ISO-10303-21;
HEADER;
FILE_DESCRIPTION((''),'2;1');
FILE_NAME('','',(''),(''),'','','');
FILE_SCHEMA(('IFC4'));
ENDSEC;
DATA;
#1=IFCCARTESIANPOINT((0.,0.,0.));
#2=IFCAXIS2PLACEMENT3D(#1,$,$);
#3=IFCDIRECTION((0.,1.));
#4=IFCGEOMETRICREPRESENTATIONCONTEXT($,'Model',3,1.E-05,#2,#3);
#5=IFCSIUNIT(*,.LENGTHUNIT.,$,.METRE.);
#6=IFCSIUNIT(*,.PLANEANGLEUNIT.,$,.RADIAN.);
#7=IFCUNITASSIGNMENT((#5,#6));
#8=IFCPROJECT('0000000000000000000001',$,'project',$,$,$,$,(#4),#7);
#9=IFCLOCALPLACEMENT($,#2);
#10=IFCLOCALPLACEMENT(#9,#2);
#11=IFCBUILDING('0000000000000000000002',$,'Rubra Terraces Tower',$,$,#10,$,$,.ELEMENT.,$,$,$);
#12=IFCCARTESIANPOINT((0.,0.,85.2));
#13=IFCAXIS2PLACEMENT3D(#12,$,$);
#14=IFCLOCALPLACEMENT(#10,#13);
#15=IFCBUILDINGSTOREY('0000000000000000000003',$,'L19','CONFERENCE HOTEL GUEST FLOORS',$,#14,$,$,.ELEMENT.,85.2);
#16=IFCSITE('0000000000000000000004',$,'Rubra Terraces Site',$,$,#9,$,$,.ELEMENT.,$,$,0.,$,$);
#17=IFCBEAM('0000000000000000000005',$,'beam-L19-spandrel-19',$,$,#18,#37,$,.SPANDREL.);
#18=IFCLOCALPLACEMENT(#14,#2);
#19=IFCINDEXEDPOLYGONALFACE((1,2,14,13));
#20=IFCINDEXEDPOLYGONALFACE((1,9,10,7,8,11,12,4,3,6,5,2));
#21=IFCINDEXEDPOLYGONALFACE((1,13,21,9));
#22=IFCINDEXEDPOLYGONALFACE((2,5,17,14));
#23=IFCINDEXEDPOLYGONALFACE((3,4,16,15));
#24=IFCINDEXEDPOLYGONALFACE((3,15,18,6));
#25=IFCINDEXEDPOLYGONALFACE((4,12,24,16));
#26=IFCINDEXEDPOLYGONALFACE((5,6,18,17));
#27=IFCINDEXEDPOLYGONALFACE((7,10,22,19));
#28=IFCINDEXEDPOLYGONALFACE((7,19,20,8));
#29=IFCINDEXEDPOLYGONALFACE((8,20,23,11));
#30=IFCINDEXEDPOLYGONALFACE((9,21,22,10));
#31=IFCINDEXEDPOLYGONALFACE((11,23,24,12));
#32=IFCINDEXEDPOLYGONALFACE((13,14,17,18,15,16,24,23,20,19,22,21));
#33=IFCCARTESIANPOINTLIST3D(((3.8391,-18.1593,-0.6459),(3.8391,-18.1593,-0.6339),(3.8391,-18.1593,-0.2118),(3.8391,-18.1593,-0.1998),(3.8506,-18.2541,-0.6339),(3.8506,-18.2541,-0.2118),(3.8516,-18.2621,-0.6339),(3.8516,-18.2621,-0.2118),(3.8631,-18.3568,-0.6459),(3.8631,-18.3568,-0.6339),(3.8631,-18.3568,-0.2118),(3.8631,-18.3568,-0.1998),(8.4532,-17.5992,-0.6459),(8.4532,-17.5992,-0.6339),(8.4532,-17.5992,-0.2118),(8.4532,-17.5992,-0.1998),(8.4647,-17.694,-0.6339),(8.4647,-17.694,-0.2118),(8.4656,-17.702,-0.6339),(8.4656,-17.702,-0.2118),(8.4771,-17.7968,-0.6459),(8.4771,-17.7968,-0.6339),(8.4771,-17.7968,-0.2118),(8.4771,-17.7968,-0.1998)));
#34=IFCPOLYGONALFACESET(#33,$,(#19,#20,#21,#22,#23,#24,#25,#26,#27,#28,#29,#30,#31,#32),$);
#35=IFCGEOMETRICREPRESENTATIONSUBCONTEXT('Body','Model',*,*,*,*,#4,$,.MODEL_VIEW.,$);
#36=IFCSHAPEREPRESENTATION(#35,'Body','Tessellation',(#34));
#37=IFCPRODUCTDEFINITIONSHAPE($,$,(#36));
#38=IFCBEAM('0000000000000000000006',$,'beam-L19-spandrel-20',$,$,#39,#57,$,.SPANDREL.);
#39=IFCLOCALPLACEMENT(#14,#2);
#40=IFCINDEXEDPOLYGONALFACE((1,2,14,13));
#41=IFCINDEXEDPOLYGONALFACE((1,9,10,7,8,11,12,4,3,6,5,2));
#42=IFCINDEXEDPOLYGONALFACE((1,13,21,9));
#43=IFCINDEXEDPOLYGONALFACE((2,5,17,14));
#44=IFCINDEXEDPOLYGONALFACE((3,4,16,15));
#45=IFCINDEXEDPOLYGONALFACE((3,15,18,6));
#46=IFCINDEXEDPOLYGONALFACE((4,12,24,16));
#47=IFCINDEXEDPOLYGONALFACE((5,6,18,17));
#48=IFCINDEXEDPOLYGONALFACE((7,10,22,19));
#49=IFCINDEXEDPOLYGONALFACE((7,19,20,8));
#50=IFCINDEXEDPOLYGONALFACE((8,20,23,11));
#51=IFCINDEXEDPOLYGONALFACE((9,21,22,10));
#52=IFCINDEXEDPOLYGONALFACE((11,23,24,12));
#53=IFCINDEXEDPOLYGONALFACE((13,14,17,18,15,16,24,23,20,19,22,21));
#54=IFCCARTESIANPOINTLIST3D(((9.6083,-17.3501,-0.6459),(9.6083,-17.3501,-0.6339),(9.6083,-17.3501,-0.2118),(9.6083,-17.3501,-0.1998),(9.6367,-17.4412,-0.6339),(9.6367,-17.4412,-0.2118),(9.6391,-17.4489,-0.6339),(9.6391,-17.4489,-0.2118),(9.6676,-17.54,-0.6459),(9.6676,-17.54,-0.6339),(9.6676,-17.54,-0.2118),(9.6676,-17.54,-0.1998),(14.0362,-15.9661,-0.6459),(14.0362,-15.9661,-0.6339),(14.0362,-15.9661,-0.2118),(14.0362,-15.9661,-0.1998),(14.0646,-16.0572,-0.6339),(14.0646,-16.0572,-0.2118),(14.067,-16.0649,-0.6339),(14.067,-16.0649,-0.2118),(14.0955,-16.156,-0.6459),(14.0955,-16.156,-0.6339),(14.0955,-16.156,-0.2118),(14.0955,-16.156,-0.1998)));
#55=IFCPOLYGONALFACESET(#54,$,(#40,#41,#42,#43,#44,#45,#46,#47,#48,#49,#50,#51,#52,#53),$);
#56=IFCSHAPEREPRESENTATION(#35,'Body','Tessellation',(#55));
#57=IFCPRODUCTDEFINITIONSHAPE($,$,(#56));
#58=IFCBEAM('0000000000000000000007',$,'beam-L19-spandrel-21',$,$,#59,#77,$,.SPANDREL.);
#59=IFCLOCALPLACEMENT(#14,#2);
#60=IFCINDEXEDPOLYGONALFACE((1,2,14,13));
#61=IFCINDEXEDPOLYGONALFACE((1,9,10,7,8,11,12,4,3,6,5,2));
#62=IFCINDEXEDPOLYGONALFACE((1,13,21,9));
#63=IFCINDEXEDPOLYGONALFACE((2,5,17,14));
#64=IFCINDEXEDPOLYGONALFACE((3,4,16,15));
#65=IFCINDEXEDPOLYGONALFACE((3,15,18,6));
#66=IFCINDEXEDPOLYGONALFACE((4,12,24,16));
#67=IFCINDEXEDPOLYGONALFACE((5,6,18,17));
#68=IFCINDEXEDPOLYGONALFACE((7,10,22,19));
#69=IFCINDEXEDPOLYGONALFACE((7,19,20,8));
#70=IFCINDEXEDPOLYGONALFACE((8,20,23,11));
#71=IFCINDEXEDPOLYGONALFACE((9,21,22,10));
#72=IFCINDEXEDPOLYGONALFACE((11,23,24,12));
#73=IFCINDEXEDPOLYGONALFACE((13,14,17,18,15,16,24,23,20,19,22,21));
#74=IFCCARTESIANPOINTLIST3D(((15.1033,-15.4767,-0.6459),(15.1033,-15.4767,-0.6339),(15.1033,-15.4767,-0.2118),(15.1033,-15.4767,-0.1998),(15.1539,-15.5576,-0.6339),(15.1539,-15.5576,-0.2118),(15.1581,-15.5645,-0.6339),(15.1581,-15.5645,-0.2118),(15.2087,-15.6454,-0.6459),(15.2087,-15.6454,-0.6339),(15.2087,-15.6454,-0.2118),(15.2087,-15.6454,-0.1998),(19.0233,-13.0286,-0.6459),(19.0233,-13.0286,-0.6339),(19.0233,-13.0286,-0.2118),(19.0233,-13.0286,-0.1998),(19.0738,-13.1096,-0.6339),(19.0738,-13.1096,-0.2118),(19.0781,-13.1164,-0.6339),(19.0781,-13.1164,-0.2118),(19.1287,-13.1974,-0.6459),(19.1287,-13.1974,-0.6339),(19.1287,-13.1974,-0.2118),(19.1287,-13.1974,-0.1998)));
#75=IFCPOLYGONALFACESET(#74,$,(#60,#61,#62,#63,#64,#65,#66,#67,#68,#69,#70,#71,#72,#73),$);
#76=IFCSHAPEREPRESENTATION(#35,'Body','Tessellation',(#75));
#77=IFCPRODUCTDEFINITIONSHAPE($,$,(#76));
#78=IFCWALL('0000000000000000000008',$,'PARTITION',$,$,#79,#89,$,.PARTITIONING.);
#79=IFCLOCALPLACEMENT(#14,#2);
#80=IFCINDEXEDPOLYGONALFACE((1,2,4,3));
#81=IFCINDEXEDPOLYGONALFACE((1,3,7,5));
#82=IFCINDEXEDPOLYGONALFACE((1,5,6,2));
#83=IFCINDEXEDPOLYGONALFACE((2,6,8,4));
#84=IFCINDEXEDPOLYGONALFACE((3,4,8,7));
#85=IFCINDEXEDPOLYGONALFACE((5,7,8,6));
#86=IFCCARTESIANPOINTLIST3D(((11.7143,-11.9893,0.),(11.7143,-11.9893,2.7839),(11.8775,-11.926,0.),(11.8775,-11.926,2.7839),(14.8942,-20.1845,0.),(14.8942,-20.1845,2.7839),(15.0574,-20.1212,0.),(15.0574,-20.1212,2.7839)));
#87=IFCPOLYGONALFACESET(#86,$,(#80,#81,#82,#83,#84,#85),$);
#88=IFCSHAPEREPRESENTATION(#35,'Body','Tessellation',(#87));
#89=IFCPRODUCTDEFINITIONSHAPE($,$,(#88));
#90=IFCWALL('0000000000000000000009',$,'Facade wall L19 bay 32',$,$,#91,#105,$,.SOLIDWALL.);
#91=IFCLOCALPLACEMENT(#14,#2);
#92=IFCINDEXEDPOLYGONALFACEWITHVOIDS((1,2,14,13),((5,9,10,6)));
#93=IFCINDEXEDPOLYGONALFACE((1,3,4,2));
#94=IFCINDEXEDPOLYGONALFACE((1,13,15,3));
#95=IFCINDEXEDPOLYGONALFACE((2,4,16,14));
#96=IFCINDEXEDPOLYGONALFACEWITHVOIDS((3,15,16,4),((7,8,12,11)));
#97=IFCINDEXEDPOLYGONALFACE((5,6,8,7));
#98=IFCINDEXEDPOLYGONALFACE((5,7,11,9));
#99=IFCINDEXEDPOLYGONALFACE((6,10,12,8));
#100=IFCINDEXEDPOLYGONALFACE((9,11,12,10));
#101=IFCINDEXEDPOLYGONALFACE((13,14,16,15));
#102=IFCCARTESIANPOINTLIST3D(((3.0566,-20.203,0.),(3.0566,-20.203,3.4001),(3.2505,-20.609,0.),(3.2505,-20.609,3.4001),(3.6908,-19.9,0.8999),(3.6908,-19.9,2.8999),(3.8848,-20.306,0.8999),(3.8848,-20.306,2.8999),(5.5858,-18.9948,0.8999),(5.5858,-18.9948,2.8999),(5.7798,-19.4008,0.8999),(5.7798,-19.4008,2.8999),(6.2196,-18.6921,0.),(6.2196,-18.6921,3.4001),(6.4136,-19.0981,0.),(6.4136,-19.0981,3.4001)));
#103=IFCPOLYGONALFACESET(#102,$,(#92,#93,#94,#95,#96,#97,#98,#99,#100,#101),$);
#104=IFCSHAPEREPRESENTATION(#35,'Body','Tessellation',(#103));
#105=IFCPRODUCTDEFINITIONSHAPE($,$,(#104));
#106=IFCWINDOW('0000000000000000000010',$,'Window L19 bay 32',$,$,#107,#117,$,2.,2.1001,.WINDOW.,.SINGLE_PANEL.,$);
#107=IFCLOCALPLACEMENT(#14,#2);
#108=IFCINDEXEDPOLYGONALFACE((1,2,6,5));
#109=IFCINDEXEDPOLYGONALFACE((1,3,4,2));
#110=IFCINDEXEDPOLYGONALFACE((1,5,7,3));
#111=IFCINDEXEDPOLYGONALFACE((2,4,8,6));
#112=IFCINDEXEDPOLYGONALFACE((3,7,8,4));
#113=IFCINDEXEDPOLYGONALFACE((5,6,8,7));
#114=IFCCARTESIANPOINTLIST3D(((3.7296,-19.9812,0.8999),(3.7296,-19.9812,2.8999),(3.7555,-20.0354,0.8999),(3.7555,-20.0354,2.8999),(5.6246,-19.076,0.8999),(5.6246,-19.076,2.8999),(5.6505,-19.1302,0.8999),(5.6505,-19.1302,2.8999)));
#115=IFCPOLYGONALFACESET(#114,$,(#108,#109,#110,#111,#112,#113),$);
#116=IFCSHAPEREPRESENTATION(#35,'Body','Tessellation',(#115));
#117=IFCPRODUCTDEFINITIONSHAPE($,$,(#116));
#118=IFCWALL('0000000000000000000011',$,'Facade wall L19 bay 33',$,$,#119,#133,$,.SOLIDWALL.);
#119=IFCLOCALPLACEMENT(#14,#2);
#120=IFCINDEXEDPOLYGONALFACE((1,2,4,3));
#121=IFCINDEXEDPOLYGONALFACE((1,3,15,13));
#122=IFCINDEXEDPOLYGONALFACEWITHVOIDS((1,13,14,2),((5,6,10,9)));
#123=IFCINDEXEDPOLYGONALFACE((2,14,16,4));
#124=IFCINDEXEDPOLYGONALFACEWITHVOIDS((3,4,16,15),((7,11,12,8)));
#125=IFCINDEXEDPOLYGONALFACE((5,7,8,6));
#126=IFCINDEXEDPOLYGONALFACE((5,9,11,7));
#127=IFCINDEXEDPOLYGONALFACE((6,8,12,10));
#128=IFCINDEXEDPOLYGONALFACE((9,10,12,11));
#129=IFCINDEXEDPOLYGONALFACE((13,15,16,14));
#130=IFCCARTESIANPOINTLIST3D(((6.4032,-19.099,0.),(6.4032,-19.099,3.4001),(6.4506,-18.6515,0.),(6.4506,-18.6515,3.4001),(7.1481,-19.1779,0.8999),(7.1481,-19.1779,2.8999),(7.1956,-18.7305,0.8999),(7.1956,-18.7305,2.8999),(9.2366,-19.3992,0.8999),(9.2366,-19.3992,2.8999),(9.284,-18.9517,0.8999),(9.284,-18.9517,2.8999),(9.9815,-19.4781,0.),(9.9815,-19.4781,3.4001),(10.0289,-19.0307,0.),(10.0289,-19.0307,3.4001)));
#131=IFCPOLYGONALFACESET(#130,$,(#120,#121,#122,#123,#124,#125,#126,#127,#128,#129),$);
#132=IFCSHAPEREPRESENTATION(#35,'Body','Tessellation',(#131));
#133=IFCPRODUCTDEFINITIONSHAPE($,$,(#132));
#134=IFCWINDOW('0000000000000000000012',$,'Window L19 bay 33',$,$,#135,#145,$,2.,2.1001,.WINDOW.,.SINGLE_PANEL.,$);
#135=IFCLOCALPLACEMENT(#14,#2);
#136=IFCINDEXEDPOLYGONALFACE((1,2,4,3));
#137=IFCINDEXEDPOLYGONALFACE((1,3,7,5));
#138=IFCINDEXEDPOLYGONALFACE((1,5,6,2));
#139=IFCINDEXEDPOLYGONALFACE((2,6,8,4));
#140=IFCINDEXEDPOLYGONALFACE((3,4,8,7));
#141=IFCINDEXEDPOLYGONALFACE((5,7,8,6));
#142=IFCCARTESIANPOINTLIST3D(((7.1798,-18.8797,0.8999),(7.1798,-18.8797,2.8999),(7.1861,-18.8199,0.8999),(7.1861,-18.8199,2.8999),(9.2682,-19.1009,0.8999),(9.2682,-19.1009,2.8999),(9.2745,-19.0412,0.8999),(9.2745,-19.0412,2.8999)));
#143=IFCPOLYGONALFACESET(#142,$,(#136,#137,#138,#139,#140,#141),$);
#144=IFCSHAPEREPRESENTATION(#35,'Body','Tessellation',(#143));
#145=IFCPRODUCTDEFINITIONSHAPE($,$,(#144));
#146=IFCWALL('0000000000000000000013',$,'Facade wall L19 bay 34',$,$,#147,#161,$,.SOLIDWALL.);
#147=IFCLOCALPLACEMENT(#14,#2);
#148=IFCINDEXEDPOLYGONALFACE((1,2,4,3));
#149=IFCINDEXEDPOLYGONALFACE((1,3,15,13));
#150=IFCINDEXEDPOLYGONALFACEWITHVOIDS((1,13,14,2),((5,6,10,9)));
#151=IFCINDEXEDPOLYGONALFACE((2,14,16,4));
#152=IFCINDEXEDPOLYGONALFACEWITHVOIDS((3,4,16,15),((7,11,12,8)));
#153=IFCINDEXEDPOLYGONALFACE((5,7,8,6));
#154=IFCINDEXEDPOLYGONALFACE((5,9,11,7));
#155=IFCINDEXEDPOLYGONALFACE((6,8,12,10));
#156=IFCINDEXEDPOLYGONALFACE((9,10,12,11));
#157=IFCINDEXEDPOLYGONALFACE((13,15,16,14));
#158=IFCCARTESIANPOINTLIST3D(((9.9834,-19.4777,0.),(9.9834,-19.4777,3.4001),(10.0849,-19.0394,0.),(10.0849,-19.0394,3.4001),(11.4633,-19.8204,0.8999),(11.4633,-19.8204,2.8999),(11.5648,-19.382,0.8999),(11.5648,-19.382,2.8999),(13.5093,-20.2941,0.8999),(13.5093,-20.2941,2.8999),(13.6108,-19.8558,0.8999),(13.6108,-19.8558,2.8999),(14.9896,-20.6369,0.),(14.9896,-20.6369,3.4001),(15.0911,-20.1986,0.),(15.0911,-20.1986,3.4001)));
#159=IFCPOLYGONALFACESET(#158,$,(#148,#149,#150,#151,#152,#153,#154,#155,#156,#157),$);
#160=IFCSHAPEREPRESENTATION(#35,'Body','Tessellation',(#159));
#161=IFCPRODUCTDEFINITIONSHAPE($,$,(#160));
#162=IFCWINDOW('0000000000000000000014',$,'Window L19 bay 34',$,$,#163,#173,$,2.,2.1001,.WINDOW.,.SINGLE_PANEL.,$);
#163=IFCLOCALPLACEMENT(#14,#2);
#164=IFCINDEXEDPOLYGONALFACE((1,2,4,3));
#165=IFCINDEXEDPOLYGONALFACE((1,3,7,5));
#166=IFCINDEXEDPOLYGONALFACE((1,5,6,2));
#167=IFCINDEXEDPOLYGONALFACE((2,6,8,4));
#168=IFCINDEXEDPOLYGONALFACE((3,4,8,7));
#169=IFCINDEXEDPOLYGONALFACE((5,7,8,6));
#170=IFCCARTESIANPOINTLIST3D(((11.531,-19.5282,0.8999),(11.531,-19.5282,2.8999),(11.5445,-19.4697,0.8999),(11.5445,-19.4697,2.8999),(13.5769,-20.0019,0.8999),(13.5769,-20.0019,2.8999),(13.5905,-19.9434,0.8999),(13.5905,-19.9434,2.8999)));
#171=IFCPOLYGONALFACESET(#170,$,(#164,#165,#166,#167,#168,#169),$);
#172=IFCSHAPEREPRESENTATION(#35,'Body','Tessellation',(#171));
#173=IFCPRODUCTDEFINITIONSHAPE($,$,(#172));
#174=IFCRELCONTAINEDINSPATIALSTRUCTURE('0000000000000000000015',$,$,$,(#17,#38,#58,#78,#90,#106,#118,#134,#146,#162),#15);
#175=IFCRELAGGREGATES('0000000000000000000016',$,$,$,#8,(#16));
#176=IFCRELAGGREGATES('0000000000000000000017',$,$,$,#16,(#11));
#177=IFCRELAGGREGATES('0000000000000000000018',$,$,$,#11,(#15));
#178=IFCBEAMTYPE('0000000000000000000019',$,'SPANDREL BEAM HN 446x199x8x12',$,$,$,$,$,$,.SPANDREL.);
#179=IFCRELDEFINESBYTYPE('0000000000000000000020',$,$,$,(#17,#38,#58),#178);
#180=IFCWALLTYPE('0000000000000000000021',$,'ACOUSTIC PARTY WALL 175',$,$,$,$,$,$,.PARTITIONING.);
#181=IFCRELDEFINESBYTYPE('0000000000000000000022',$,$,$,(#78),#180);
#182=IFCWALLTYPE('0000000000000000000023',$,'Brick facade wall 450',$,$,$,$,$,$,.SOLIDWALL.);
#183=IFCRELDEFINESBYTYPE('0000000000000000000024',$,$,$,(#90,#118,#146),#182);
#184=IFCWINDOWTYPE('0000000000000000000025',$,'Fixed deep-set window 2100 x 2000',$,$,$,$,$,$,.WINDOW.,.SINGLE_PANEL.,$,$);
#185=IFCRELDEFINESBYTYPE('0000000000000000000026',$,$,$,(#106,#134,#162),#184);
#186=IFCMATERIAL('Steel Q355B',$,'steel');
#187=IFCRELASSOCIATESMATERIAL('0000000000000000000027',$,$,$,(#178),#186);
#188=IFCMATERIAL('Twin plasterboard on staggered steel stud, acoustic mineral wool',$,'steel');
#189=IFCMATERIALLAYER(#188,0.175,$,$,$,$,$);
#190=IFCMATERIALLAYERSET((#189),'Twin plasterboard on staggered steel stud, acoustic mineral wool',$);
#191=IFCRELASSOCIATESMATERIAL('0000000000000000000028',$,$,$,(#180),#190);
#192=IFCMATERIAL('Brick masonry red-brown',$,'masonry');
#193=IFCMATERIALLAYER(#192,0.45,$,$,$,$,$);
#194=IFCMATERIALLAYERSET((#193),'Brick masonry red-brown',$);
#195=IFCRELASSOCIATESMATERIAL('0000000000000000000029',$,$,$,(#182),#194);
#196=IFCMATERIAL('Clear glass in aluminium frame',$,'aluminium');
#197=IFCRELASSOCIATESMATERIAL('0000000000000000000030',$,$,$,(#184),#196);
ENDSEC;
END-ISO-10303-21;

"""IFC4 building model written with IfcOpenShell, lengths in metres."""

from ifc_helpers import new_model, si_unit, direction, frame, frame_2d, origin, origin_2d, place, context, subcontext, project, spatial, rectangle, i_section, extrude, material, layer, layer_set, material_profile, profile_set, type_object, element, fill, save


model = new_model("IFC4")

# Units and contexts
model_context = context("Model", 3, precision=1e-05, world=origin(), true_north=direction((0.0, 1.0)))
body_context = subcontext(model_context, "Body", "Model", "MODEL_VIEW")
ifc_project = project(units=[si_unit("LENGTHUNIT", "METRE"), si_unit("PLANEANGLEUNIT", "RADIAN")], contexts=[model_context])

# Site, building, storey
site_placement = place(None, origin())
site = spatial("IfcSite", under=ifc_project, at=site_placement, Name="Rubra Terraces Site", CompositionType="ELEMENT", RefElevation=0.0)
building_placement = place(site_placement, origin())
building = spatial("IfcBuilding", under=site, at=building_placement, Name="Rubra Terraces Tower", CompositionType="ELEMENT")
storey_placement = place(building_placement, frame((0.0, 0.0, 85.2)))
storey = spatial("IfcBuildingStorey", under=building, at=storey_placement, Name="L19", Description="CONFERENCE HOTEL GUEST FLOORS", CompositionType="ELEMENT", Elevation=85.2)

# Beams
ifc_material_1 = material(Name="Steel Q355B", Category="steel")
ifc_material_profile_1 = material_profile(ifc_material_1, i_section(OverallWidth=0.199, OverallDepth=0.446, WebThickness=0.0081, FlangeThickness=0.012, at=origin_2d()), Name="HN 446x199x8x12")
ifc_profile_set_1 = profile_set([ifc_material_profile_1], Name="Steel Q355B")
beam_type_1 = type_object("IfcBeamType", Name="SPANDREL BEAM HN 446x199x8x12", PredefinedType="SPANDREL", material=ifc_profile_set_1)
beam_1_placement = place(storey_placement, frame((3.8511, -18.2581, -0.4229), z_axis=(0.992714, 0.120498, 0.0), x_axis=(-0.120498, 0.992714, 0.0)))
element("IfcBeam", 1, at=beam_1_placement, inside=storey, type_object=beam_type_1, Name="beam-L19-spandrel-19", PredefinedType="SPANDREL", context=body_context, shape_type="SweptSolid", body=[
    extrude(i_section(OverallWidth=0.199, OverallDepth=0.446, WebThickness=0.0081, FlangeThickness=0.012, at=origin_2d()), origin(), (0.0, 0.0, 1.0), 4.6479),
])
beam_2_placement = place(storey_placement, frame((9.6379, -17.4451, -0.4229), z_axis=(0.954462, 0.298332, 0.0), x_axis=(-0.298332, 0.954462, 0.0)))
element("IfcBeam", 2, at=beam_2_placement, inside=storey, type_object=beam_type_1, Name="beam-L19-spandrel-20", PredefinedType="SPANDREL", context=body_context, shape_type="SweptSolid", body=[
    extrude(i_section(OverallWidth=0.199, OverallDepth=0.446, WebThickness=0.0081, FlangeThickness=0.012, at=origin_2d()), origin(), (0.0, 0.0, 1.0), 4.6392),
])
beam_3_placement = place(storey_placement, frame((15.156, -15.561, -0.4229), z_axis=(0.848188, 0.529695, 0.0), x_axis=(-0.529695, 0.848188, 0.0)))
element("IfcBeam", 3, at=beam_3_placement, inside=storey, type_object=beam_type_1, Name="beam-L19-spandrel-21", PredefinedType="SPANDREL", context=body_context, shape_type="SweptSolid", body=[
    extrude(i_section(OverallWidth=0.199, OverallDepth=0.446, WebThickness=0.0081, FlangeThickness=0.012, at=origin_2d()), origin(), (0.0, 0.0, 1.0), 4.6216),
])

# Wall
ifc_material_2 = material(Name="Twin plasterboard on staggered steel stud, acoustic mineral wool", Category="steel")
ifc_layer_1 = layer(ifc_material_2, 0.175)
ifc_layer_set_1 = layer_set([ifc_layer_1], Name="Twin plasterboard on staggered steel stud, acoustic mineral wool")
wall_type_1 = type_object("IfcWallType", Name="ACOUSTIC PARTY WALL 175", PredefinedType="PARTITIONING", material=ifc_layer_set_1)
wall_1_placement = place(storey_placement, frame((14.9758, -20.1528, 0.0), z_axis=(0.0, 0.0, 1.0), x_axis=(-0.361741, 0.932279, 0.0)))
element("IfcWall", 4, at=wall_1_placement, inside=storey, type_object=wall_type_1, Name="PARTITION", PredefinedType="PARTITIONING", context=body_context, shape_type="SweptSolid", body=[
    extrude(rectangle(XDim=8.7905, YDim=0.175, at=frame_2d((4.3953, 0.0))), origin(), (0.0, 0.0, 1.0), 2.7839),
])

# Walls, openings, windows
ifc_material_3 = material(Name="Brick masonry red-brown", Category="masonry")
ifc_layer_2 = layer(ifc_material_3, 0.45)
ifc_layer_set_2 = layer_set([ifc_layer_2], Name="Brick masonry red-brown")
wall_type_2 = type_object("IfcWallType", Name="Brick facade wall 450", PredefinedType="SOLIDWALL", material=ifc_layer_set_2)
wall_2_placement = place(storey_placement, frame((3.1536, -20.406, 0.0), z_axis=(0.0, 0.0, 1.0), x_axis=(0.902333, 0.431039, 0.0)))
wall_2 = element("IfcWall", 5, at=wall_2_placement, inside=storey, type_object=wall_type_2, Name="Facade wall L19 bay 32", PredefinedType="SOLIDWALL", context=body_context, shape_type="SweptSolid", body=[
    extrude(rectangle(XDim=3.5054, YDim=0.45, at=frame_2d((1.7527, 0.0))), origin(), (0.0, 0.0, 1.0), 3.4001),
])
opening_1_placement = place(wall_2_placement, frame((0.7029, 0.0, 0.8999)))
opening_1 = element("IfcOpeningElement", 6, at=opening_1_placement, cuts=wall_2, PredefinedType="OPENING", context=body_context, shape_type="SweptSolid", body=[
    extrude(rectangle(XDim=2.1001, YDim=2.0, at=frame_2d((1.05, 1.0))), frame((0.0, 0.2349, 0.0), z_axis=(0.0, -1.0, 0.0), x_axis=(1.0, 0.0, 0.0)), (0.0, 0.0, 1.0), 0.47),
])
ifc_material_4 = material(Name="Clear glass in aluminium frame", Category="aluminium")
window_type = type_object("IfcWindowType", Name="Fixed deep-set window 2100 x 2000", PartitioningType="SINGLE_PANEL", PredefinedType="WINDOW", material=ifc_material_4)
window_1_placement = place(opening_1_placement, origin())
window_1 = element("IfcWindow", 7, at=window_1_placement, inside=storey, type_object=window_type, Name="Window L19 bay 32", OverallHeight=2.0, OverallWidth=2.1001, PartitioningType="SINGLE_PANEL", PredefinedType="WINDOW", context=body_context, shape_type="SweptSolid", body=[
    extrude(rectangle(XDim=2.1001, YDim=2.0, at=frame_2d((1.05, 1.0))), frame((0.0, 0.135, 0.0), z_axis=(0.0, -1.0, 0.0), x_axis=(1.0, 0.0, 0.0)), (0.0, 0.0, 1.0), 0.0601),
])
fill(opening_1, window_1)
wall_3_placement = place(storey_placement, frame((6.4268, -18.8752, 0.0), z_axis=(0.0, 0.0, 1.0), x_axis=(0.994433, -0.105366, 0.0)))
wall_3 = element("IfcWall", 8, at=wall_3_placement, inside=storey, type_object=wall_type_2, Name="Facade wall L19 bay 33", PredefinedType="SOLIDWALL", context=body_context, shape_type="SweptSolid", body=[
    extrude(rectangle(XDim=3.5984, YDim=0.45, at=frame_2d((1.7993, 0.0))), origin(), (0.0, 0.0, 1.0), 3.4001),
])
opening_2_placement = place(wall_3_placement, frame((0.7493, 0.0, 0.8999)))
opening_2 = element("IfcOpeningElement", 9, at=opening_2_placement, cuts=wall_3, PredefinedType="OPENING", context=body_context, shape_type="SweptSolid", body=[
    extrude(rectangle(XDim=2.1001, YDim=2.0, at=frame_2d((1.05, 1.0))), frame((0.0, 0.2349, 0.0), z_axis=(0.0, -1.0, 0.0), x_axis=(1.0, 0.0, 0.0)), (0.0, 0.0, 1.0), 0.47),
])
window_2_placement = place(opening_2_placement, origin())
window_2 = element("IfcWindow", 10, at=window_2_placement, inside=storey, type_object=window_type, Name="Window L19 bay 33", OverallHeight=2.0, OverallWidth=2.1001, PartitioningType="SINGLE_PANEL", PredefinedType="WINDOW", context=body_context, shape_type="SweptSolid", body=[
    extrude(rectangle(XDim=2.1001, YDim=2.0, at=frame_2d((1.05, 1.0))), frame((0.0, 0.135, 0.0), z_axis=(0.0, -1.0, 0.0), x_axis=(1.0, 0.0, 0.0)), (0.0, 0.0, 1.0), 0.0601),
])
fill(opening_2, window_2)
wall_4_placement = place(storey_placement, frame((10.0342, -19.2585, 0.0), z_axis=(0.0, 0.0, 1.0), x_axis=(0.974224, -0.225585, 0.0)))
wall_4 = element("IfcWall", 11, at=wall_4_placement, inside=storey, type_object=wall_type_2, Name="Facade wall L19 bay 34", PredefinedType="SOLIDWALL", context=body_context, shape_type="SweptSolid", body=[
    extrude(rectangle(XDim=5.1387, YDim=0.45, at=frame_2d((2.5693, 0.0))), origin(), (0.0, 0.0, 1.0), 3.4001),
])
opening_3_placement = place(wall_4_placement, frame((1.519, 0.0, 0.8999)))
opening_3 = element("IfcOpeningElement", 12, at=opening_3_placement, cuts=wall_4, PredefinedType="OPENING", context=body_context, shape_type="SweptSolid", body=[
    extrude(rectangle(XDim=2.1001, YDim=2.0, at=frame_2d((1.05, 1.0))), frame((0.0, 0.2349, 0.0), z_axis=(0.0, -1.0, 0.0), x_axis=(1.0, 0.0, 0.0)), (0.0, 0.0, 1.0), 0.47),
])
window_3_placement = place(opening_3_placement, origin())
window_3 = element("IfcWindow", 13, at=window_3_placement, inside=storey, type_object=window_type, Name="Window L19 bay 34", OverallHeight=2.0, OverallWidth=2.1001, PartitioningType="SINGLE_PANEL", PredefinedType="WINDOW", context=body_context, shape_type="SweptSolid", body=[
    extrude(rectangle(XDim=2.1001, YDim=2.0, at=frame_2d((1.05, 1.0))), frame((0.0, 0.135, 0.0), z_axis=(0.0, -1.0, 0.0), x_axis=(1.0, 0.0, 0.0)), (0.0, 0.0, 1.0), 0.0601),
])
fill(opening_3, window_3)

save(model, "model.ifc")
